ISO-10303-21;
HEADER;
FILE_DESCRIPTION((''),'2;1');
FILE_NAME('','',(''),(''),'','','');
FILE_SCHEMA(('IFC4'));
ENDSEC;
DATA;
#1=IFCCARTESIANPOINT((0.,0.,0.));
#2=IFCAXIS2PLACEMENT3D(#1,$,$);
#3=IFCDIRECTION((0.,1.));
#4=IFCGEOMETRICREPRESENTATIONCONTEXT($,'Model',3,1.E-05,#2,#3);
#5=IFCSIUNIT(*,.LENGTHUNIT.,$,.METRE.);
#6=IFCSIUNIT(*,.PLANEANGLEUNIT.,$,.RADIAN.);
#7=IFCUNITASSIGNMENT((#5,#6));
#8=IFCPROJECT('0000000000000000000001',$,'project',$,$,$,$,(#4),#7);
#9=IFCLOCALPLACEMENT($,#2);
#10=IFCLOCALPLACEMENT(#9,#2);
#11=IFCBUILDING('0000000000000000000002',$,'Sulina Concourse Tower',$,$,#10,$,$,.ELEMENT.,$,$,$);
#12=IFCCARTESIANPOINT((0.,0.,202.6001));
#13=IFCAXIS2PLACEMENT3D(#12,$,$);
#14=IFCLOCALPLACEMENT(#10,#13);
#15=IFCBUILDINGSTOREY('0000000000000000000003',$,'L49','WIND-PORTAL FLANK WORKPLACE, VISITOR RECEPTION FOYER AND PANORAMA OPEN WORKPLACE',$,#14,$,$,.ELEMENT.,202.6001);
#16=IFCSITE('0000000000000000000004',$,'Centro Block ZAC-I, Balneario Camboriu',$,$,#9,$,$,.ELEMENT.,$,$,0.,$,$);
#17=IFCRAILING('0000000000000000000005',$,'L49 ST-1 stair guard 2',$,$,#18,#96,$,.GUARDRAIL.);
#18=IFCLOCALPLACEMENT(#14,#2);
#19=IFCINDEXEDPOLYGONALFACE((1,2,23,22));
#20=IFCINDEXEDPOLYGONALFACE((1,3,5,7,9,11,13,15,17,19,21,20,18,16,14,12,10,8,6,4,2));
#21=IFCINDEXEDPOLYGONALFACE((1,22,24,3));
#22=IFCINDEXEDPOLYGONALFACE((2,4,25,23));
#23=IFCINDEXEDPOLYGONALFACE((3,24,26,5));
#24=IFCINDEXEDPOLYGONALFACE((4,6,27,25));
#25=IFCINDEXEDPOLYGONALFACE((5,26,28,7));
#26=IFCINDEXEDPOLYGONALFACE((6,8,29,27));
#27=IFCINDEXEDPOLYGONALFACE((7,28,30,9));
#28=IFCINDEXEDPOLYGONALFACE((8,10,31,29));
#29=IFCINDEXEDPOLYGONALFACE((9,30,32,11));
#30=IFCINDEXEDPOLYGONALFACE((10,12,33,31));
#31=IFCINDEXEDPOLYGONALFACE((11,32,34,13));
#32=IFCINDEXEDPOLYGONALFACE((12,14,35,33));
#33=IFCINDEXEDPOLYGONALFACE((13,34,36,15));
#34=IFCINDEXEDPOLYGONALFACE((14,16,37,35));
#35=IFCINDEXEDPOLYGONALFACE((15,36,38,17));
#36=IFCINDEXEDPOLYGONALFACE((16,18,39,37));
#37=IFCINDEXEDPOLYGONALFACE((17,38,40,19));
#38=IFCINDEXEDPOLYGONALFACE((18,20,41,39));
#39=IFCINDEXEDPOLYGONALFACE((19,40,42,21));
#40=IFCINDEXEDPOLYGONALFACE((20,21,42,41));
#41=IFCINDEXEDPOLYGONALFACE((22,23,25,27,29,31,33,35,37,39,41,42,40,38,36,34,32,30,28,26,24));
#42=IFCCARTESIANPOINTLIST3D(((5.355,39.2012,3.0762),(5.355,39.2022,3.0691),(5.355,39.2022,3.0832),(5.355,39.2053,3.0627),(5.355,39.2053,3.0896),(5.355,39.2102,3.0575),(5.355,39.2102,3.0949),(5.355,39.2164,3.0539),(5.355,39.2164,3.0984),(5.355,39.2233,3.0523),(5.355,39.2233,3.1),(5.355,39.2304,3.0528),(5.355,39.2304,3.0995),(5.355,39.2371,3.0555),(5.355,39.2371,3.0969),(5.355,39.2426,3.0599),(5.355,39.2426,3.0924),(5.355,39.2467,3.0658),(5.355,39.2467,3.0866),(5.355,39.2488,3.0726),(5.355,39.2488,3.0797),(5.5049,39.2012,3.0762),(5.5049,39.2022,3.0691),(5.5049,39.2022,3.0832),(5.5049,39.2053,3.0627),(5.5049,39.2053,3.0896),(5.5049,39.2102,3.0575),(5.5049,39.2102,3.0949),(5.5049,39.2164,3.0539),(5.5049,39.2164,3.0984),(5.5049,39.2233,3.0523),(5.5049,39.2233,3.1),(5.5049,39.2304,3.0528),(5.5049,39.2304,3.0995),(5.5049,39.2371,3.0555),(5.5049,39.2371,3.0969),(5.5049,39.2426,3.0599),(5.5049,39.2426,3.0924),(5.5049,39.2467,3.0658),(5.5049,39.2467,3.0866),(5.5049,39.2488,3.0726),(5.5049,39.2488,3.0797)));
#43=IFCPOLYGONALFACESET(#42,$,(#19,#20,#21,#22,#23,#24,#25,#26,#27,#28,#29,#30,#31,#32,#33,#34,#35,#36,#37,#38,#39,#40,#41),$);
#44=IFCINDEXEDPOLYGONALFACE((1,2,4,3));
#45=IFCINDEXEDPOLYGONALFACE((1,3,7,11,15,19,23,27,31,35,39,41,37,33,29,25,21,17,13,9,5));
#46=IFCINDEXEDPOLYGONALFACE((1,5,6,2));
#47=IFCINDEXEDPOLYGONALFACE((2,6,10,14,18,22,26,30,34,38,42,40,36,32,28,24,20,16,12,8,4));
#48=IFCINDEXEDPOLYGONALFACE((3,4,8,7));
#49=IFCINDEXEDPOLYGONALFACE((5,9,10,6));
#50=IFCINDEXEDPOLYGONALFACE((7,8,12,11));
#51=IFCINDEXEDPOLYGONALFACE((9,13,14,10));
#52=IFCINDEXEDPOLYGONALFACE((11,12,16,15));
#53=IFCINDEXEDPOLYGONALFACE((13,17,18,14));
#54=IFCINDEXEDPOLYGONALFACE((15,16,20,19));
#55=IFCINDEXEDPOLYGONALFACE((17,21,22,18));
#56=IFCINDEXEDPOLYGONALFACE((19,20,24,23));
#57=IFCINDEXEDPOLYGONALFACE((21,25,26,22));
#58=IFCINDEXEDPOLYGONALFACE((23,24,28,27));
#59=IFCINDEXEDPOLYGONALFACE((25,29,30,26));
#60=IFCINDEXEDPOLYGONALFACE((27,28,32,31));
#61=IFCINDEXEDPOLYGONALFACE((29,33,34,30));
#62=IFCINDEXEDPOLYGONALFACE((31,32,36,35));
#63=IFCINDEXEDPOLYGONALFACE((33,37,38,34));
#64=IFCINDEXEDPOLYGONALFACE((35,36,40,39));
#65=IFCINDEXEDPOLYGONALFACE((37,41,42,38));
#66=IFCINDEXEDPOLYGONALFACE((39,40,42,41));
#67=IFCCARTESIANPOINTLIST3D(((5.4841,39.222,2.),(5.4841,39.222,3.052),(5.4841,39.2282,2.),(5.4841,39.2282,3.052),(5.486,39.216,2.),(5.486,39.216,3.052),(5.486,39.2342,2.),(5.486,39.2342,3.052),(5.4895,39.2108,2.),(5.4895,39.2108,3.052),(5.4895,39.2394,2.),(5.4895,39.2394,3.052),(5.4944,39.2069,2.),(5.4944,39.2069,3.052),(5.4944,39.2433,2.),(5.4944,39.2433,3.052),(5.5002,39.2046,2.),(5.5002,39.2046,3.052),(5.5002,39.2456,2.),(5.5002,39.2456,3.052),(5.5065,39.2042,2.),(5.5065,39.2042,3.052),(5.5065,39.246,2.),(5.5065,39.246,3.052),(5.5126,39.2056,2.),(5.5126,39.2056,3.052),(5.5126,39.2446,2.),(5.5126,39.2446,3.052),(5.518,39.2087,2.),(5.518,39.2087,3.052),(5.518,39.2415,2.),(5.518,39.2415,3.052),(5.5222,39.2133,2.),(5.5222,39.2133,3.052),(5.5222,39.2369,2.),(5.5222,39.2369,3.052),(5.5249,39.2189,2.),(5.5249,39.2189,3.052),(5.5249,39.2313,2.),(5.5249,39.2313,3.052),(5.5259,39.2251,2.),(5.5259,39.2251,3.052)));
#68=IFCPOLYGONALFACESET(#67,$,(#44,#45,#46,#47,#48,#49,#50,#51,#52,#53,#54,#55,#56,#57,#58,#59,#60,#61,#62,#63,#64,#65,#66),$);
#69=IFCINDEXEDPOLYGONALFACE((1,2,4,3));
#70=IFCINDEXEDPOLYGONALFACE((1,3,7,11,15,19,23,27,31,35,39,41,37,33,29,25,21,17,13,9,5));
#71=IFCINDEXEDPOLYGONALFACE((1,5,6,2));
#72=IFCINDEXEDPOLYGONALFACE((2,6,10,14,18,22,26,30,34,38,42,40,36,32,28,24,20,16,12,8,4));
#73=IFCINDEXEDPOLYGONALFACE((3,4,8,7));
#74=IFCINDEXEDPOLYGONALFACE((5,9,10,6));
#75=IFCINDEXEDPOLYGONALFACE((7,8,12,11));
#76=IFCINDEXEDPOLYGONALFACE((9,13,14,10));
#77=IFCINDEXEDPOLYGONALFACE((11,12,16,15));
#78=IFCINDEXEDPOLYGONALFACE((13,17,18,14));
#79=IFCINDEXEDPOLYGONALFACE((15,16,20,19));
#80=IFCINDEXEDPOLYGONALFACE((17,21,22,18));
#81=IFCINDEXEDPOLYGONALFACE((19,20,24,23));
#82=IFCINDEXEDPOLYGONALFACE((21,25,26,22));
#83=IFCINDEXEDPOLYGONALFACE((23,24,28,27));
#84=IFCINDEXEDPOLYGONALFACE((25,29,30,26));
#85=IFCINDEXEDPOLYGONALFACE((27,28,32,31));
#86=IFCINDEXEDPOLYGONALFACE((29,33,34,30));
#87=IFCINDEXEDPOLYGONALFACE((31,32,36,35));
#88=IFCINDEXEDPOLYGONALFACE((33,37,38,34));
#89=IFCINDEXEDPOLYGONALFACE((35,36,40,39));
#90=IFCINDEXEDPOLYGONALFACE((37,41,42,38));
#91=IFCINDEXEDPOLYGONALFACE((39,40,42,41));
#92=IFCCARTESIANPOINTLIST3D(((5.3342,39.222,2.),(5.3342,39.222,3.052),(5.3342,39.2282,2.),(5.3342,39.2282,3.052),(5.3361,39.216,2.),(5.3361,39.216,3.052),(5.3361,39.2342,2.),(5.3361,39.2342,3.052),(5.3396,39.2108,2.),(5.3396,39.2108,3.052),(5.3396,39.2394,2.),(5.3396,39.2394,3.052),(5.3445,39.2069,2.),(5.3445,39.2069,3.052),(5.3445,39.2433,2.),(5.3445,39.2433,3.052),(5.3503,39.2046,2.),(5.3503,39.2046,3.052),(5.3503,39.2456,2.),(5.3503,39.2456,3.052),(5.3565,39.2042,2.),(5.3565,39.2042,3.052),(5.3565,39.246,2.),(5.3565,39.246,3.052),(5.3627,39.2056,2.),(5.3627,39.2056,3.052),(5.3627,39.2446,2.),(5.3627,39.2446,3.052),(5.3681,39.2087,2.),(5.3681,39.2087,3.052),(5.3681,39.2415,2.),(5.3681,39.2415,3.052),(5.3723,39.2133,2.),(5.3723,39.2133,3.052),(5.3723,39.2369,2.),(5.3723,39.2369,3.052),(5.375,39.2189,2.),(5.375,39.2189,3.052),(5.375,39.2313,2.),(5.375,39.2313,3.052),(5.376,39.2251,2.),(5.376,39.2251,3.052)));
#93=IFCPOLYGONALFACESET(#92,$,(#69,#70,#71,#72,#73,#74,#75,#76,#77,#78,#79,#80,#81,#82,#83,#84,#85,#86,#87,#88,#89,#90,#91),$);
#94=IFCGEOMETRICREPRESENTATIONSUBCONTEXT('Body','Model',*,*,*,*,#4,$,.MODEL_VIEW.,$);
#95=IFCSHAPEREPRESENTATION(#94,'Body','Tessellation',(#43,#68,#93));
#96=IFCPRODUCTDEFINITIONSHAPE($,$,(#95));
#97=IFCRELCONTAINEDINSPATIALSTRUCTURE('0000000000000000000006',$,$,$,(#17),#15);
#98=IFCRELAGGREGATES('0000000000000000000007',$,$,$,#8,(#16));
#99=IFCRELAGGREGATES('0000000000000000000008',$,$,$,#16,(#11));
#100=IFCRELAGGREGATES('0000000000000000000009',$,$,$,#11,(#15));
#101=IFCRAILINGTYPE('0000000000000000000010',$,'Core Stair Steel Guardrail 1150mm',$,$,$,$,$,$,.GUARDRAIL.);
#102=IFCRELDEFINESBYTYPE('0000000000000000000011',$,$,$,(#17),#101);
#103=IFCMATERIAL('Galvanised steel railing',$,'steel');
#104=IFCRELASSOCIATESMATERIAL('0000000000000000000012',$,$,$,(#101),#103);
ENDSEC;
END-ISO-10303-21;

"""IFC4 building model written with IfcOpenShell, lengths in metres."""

from ifc_helpers import new_model, si_unit, direction, frame, origin, origin_2d, place, context, subcontext, project, spatial, circle, extrude, material, type_object, element, save


model = new_model("IFC4")

# Units and contexts
model_context = context("Model", 3, precision=1e-05, world=origin(), true_north=direction((0.0, 1.0)))
body_context = subcontext(model_context, "Body", "Model", "MODEL_VIEW")
ifc_project = project(units=[si_unit("LENGTHUNIT", "METRE"), si_unit("PLANEANGLEUNIT", "RADIAN")], contexts=[model_context])

# Site, building, storey
site_placement = place(None, origin())
site = spatial("IfcSite", under=ifc_project, at=site_placement, Name="Centro Block ZAC-I, Balneario Camboriu", CompositionType="ELEMENT", RefElevation=0.0)
building_placement = place(site_placement, origin())
building = spatial("IfcBuilding", under=site, at=building_placement, Name="Sulina Concourse Tower", CompositionType="ELEMENT")
storey_placement = place(building_placement, frame((0.0, 0.0, 202.6001)))
storey = spatial("IfcBuildingStorey", under=building, at=storey_placement, Name="L49", Description="WIND-PORTAL FLANK WORKPLACE, VISITOR RECEPTION FOYER AND PANORAMA OPEN WORKPLACE", CompositionType="ELEMENT", Elevation=202.6001)

# Railing
ifc_material_1 = material(Name="Galvanised steel railing", Category="steel")
railing_type_1 = type_object("IfcRailingType", Name="Core Stair Steel Guardrail 1150mm", PredefinedType="GUARDRAIL", material=ifc_material_1)
railing_1_placement = place(storey_placement, frame((5.5049, 39.2251, 2.0)))
element("IfcRailing", 1, at=railing_1_placement, inside=storey, type_object=railing_type_1, Name="L49 ST-1 stair guard 2", PredefinedType="GUARDRAIL", context=body_context, shape_type="SweptSolid", body=[
    extrude(circle(Radius=0.0239, at=origin_2d()), frame((0.0, 0.0, 1.0762), z_axis=(-1.0, 0.0, 0.0), x_axis=(0.0, -1.0, 0.0)), (0.0, 0.0, 1.0), 0.1499),
    extrude(circle(Radius=0.021, at=origin_2d()), origin(), (0.0, 0.0, 1.0), 1.052),
    extrude(circle(Radius=0.021, at=origin_2d()), frame((-0.1499, 0.0, 0.0)), (0.0, 0.0, 1.0), 1.052),
])

save(model, "model.ifc")
